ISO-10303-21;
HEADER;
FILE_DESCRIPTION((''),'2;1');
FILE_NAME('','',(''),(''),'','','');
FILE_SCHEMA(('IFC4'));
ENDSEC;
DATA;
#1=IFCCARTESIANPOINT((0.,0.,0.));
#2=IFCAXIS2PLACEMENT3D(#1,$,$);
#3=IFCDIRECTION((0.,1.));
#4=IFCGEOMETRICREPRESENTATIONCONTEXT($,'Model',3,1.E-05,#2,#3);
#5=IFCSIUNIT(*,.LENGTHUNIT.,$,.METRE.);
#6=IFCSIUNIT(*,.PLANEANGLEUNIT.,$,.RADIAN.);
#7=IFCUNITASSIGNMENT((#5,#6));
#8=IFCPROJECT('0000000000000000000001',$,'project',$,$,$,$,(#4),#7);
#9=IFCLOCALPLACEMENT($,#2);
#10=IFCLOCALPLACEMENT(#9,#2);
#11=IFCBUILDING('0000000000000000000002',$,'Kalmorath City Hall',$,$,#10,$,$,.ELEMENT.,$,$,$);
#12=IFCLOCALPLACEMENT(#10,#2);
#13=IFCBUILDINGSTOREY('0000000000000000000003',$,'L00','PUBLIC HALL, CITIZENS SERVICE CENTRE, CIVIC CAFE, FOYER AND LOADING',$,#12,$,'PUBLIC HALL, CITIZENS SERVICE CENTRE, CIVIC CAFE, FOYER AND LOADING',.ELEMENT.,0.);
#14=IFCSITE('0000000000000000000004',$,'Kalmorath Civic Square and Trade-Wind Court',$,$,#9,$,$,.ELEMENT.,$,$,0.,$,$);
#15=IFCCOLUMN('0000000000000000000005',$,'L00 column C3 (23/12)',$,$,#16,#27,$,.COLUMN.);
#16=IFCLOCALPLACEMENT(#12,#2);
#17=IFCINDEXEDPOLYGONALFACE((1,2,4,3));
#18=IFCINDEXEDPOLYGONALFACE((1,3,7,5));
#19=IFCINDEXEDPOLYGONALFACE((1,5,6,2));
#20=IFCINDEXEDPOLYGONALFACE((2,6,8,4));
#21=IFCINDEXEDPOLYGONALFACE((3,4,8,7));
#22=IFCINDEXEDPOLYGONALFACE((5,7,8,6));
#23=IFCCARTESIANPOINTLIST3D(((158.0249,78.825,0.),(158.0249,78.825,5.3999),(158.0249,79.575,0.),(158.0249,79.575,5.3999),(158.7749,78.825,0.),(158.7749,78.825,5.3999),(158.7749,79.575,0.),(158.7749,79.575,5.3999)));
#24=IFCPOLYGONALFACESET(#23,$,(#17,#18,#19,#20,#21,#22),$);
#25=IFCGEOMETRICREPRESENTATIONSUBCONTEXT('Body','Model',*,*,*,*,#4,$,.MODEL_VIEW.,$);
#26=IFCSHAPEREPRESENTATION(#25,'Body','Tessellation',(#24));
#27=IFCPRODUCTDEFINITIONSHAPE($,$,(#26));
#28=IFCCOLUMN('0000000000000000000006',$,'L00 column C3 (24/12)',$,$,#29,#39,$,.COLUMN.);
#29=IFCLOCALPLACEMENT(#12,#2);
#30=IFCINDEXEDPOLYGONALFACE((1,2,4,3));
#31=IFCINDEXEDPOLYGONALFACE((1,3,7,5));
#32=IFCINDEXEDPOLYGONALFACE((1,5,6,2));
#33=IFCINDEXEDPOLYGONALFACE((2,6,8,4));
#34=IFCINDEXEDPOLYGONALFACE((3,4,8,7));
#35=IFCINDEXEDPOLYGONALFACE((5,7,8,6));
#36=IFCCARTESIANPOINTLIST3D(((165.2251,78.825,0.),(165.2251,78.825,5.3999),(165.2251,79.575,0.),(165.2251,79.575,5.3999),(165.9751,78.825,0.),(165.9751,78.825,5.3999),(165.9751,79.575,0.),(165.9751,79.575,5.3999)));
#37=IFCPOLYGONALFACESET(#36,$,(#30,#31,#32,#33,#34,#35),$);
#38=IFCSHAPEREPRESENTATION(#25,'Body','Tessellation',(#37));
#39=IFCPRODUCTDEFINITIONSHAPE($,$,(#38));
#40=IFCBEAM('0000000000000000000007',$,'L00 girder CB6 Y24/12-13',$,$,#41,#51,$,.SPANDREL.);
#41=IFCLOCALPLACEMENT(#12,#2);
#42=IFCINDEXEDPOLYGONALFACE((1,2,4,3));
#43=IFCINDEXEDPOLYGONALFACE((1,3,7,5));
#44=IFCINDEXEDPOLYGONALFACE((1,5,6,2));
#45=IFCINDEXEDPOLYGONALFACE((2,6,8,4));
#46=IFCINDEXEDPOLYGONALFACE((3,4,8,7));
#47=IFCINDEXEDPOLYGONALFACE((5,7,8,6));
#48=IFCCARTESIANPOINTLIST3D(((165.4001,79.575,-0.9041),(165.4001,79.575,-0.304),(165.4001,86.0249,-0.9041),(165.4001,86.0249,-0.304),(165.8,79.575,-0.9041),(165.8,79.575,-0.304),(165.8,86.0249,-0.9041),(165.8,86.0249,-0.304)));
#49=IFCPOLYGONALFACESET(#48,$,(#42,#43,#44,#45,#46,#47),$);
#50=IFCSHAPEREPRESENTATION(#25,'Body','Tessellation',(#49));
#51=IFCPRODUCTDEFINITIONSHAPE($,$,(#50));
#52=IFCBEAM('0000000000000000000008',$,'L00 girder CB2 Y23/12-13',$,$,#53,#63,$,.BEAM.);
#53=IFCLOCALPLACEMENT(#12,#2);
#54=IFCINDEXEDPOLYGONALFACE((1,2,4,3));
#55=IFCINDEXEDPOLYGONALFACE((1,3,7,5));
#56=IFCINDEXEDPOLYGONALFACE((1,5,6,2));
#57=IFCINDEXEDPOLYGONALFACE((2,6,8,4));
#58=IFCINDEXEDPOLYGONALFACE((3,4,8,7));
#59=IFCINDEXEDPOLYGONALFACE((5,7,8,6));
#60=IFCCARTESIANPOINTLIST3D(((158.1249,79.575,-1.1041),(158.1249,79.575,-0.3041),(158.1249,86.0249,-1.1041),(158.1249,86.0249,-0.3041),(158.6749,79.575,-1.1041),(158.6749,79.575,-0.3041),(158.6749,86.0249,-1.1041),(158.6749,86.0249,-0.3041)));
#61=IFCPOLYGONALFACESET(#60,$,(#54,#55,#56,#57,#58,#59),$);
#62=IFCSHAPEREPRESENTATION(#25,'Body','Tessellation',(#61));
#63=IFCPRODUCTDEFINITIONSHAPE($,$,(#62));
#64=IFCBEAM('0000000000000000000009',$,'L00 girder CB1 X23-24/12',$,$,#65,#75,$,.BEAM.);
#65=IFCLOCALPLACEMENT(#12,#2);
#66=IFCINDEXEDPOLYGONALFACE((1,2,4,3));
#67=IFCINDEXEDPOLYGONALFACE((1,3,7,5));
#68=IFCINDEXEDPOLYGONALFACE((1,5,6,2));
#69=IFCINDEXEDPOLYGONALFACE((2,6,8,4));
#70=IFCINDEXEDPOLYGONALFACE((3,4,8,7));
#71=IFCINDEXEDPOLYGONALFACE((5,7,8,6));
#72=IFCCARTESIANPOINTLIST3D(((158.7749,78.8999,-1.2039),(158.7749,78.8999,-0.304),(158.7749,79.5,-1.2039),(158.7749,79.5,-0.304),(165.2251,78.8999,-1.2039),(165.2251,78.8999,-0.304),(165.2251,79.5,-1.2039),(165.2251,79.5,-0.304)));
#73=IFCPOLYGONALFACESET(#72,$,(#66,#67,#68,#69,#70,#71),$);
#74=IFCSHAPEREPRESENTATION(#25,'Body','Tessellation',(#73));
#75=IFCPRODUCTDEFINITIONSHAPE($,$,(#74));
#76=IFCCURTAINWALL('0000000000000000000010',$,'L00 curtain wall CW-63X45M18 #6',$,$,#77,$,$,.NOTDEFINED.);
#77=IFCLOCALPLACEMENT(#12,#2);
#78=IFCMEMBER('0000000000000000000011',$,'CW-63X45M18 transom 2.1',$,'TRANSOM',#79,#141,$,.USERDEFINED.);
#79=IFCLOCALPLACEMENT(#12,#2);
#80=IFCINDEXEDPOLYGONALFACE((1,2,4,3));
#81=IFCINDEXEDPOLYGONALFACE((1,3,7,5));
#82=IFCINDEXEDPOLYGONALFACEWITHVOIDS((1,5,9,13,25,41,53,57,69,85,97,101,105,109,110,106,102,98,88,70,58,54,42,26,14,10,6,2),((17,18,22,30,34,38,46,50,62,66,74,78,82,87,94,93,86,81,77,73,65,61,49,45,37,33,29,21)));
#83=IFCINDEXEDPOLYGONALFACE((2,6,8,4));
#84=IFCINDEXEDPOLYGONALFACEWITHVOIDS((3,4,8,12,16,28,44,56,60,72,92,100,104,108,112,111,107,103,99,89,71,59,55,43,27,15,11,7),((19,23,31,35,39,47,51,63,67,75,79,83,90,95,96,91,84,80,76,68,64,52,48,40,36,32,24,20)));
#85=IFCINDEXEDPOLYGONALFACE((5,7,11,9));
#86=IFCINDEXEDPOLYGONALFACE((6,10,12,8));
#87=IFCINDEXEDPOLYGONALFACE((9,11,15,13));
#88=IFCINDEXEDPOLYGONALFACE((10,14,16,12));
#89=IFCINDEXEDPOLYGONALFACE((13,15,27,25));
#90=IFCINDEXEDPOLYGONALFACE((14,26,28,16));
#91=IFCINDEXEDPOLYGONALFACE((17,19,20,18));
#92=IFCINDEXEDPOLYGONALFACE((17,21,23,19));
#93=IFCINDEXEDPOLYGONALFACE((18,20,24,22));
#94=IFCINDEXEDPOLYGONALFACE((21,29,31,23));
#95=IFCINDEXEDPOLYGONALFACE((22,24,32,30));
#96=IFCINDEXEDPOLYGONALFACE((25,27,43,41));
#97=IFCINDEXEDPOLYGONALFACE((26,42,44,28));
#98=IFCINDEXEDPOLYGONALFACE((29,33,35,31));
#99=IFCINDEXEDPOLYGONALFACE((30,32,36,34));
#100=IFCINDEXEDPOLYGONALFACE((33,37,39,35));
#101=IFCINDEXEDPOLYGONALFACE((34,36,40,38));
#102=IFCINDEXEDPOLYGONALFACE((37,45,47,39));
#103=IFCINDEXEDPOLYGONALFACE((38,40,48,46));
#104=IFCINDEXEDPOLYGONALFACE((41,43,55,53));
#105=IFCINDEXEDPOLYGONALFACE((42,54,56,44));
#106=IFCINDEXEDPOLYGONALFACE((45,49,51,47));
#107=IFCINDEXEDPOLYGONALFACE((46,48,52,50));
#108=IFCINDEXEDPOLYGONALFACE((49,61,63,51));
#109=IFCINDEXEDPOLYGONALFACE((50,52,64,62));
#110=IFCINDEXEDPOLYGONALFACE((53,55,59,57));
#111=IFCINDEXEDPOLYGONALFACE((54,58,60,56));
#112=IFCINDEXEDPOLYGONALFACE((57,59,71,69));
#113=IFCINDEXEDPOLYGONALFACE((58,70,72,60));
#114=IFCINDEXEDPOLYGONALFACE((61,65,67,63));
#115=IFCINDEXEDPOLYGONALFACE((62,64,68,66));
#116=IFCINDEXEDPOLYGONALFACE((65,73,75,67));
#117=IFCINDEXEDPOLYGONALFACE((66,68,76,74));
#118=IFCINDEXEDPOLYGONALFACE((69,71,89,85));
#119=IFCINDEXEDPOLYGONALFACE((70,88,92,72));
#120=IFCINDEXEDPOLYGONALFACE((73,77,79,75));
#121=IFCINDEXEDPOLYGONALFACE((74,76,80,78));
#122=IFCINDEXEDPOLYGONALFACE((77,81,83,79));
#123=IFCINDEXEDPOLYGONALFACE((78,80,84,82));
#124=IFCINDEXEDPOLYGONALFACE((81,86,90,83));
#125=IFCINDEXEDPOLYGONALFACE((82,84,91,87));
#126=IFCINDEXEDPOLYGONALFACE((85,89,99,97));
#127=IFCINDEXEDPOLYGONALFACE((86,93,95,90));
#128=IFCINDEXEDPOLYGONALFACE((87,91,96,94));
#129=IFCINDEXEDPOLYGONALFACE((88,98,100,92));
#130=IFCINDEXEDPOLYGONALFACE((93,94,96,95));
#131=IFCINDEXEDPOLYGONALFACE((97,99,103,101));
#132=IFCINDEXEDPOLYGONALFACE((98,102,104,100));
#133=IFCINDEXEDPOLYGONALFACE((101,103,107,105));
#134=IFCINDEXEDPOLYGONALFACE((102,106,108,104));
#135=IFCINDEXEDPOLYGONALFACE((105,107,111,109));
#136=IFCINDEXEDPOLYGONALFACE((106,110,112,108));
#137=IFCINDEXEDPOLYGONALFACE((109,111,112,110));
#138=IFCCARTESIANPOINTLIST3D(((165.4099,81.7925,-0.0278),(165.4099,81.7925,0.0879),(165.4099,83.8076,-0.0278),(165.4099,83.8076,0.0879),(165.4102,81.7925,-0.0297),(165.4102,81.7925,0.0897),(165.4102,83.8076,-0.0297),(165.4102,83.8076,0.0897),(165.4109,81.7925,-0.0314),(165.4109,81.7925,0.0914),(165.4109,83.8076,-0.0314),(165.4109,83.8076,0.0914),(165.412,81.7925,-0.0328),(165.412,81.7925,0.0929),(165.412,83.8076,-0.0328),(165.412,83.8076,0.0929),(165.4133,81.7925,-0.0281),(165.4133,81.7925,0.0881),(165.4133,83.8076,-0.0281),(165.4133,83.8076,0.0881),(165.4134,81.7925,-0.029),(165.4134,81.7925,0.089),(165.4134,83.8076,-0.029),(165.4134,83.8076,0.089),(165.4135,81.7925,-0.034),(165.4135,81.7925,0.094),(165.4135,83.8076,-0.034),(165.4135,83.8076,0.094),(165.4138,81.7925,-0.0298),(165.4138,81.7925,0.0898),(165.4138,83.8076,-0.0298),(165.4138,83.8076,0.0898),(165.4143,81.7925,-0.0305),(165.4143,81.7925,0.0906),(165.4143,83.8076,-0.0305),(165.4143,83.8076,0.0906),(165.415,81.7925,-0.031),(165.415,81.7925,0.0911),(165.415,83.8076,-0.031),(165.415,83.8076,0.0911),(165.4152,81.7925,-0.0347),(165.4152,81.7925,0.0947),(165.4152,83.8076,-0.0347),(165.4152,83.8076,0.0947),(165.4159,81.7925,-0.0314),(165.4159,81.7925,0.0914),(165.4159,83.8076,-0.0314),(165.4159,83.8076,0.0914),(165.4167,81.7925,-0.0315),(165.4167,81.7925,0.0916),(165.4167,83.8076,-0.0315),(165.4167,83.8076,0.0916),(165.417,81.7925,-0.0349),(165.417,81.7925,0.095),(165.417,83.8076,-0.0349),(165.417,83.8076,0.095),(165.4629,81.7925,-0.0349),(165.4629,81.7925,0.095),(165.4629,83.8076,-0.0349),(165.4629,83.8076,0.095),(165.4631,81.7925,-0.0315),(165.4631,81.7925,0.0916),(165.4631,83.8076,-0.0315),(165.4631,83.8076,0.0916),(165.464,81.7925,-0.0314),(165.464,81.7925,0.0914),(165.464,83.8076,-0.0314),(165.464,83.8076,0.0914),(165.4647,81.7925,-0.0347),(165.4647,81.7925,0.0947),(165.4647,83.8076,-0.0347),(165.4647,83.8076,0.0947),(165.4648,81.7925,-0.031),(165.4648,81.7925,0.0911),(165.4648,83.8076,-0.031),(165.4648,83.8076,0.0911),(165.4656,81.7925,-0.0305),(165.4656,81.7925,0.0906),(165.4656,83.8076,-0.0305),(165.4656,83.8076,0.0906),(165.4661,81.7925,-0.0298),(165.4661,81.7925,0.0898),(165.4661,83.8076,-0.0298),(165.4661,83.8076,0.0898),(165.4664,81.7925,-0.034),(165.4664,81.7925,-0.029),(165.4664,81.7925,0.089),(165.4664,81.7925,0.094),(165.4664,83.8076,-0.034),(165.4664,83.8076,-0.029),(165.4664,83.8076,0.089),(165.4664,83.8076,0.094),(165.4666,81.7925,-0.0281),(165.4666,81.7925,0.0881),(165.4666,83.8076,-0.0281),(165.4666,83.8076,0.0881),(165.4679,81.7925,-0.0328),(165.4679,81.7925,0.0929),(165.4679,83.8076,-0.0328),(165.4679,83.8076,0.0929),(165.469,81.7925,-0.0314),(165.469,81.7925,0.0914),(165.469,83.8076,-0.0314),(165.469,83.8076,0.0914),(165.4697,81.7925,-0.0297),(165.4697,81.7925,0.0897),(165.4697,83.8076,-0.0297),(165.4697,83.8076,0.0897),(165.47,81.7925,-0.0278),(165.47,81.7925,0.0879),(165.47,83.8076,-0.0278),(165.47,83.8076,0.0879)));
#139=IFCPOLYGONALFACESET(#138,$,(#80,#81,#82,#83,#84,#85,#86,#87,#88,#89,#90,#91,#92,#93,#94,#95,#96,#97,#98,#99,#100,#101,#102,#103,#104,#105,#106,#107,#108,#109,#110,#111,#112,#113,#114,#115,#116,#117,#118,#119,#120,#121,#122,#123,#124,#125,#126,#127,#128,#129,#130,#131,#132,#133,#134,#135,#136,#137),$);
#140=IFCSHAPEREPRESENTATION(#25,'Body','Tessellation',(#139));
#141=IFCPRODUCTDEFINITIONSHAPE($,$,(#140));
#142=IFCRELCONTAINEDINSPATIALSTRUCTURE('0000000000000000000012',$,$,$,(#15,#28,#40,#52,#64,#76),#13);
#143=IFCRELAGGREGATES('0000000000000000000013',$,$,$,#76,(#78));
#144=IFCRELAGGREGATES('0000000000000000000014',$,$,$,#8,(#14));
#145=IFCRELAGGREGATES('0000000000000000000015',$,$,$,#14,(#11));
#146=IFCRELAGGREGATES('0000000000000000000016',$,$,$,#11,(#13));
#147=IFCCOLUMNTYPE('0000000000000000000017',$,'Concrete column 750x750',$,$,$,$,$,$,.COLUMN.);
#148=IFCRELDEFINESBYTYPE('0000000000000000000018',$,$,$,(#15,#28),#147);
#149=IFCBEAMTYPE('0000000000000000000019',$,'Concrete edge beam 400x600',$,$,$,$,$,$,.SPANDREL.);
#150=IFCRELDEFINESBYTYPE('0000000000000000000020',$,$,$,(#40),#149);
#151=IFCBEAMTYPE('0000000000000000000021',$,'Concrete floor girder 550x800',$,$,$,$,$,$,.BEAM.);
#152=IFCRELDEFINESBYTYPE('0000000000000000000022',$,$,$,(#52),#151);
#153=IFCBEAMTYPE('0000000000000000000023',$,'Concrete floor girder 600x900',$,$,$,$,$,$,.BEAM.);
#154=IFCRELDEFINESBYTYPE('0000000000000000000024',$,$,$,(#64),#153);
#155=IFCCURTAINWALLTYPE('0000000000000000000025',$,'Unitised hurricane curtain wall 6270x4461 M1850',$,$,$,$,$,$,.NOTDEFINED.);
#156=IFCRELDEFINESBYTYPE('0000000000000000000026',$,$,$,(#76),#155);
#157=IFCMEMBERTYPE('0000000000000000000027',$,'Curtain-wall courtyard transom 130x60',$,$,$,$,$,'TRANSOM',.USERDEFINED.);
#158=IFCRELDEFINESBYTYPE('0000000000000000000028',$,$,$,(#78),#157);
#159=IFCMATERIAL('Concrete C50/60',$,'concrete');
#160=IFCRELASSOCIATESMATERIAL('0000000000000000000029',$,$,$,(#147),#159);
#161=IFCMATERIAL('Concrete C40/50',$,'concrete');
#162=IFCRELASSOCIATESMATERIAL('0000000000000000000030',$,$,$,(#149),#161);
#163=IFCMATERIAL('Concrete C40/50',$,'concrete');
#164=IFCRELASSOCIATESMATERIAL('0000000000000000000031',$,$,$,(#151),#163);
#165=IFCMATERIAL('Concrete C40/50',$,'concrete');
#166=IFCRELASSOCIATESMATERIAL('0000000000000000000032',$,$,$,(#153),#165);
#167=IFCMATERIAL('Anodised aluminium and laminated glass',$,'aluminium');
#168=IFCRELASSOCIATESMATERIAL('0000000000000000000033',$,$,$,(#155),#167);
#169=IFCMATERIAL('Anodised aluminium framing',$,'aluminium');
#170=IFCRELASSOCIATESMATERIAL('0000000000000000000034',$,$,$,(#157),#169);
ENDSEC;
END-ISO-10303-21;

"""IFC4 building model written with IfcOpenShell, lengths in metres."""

from ifc_helpers import new_model, si_unit, direction, frame, origin, origin_2d, place, context, subcontext, project, spatial, rectangle, hollow_rectangle, extrude, material, material_profile, profile_set, type_object, element, aggregate, save


model = new_model("IFC4")

# Units and contexts
model_context = context("Model", 3, precision=1e-05, world=origin(), true_north=direction((0.0, 1.0)))
body_context = subcontext(model_context, "Body", "Model", "MODEL_VIEW")
ifc_project = project(units=[si_unit("LENGTHUNIT", "METRE"), si_unit("PLANEANGLEUNIT", "RADIAN")], contexts=[model_context])

# Site, building, storey
site_placement = place(None, origin())
site = spatial("IfcSite", under=ifc_project, at=site_placement, Name="Kalmorath Civic Square and Trade-Wind Court", CompositionType="ELEMENT", RefElevation=0.0)
building_placement = place(site_placement, origin())
building = spatial("IfcBuilding", under=site, at=building_placement, Name="Kalmorath City Hall", CompositionType="ELEMENT")
storey_placement = place(building_placement, origin())
storey = spatial("IfcBuildingStorey", under=building, at=storey_placement, Name="L00", Description="PUBLIC HALL, CITIZENS SERVICE CENTRE, CIVIC CAFE, FOYER AND LOADING", LongName="PUBLIC HALL, CITIZENS SERVICE CENTRE, CIVIC CAFE, FOYER AND LOADING", CompositionType="ELEMENT", Elevation=0.0)

# Columns
ifc_material_1 = material(Name="Concrete C50/60", Category="concrete")
ifc_material_profile_1 = material_profile(ifc_material_1, rectangle(XDim=0.75, YDim=0.75, at=origin_2d()), Name="RC-COL-750X750")
ifc_profile_set_1 = profile_set([ifc_material_profile_1], Name="Concrete C50/60")
column_type = type_object("IfcColumnType", Name="Concrete column 750x750", PredefinedType="COLUMN", material=ifc_profile_set_1)
for number, where, z_axis, x_axis, name in (
    (1, (158.3999, 79.2, 0.0), (0.0, 0.0, 1.0), (1.0, 0.0, 0.0), "L00 column C3 (23/12)"),
    (2, (165.6001, 79.2, 0.0), (0.0, 0.0, 1.0), (1.0, 0.0, 0.0), "L00 column C3 (24/12)"),
):
    element("IfcColumn", number, at=place(storey_placement, frame(where, z_axis=z_axis, x_axis=x_axis)), inside=storey, type_object=column_type, Name=name, PredefinedType="COLUMN", context=body_context, shape_type="SweptSolid", body=[
        extrude(rectangle(XDim=0.75, YDim=0.75, at=origin_2d()), origin(), (0.0, 0.0, 1.0), 5.3999),
    ])

# Beams
ifc_material_2 = material(Name="Concrete C40/50", Category="concrete")
ifc_material_profile_2 = material_profile(ifc_material_2, rectangle(XDim=0.3999, YDim=0.6001, at=origin_2d()), Name="RC-BM-400X600")
ifc_profile_set_2 = profile_set([ifc_material_profile_2], Name="Concrete C40/50")
beam_type_1 = type_object("IfcBeamType", Name="Concrete edge beam 400x600", PredefinedType="SPANDREL", material=ifc_profile_set_2)
beam_1_placement = place(storey_placement, frame((165.6001, 79.575, -0.604), z_axis=(0.0, 1.0, 0.0), x_axis=(-1.0, 0.0, 0.0)))
element("IfcBeam", 3, at=beam_1_placement, inside=storey, type_object=beam_type_1, Name="L00 girder CB6 Y24/12-13", PredefinedType="SPANDREL", context=body_context, shape_type="SweptSolid", body=[
    extrude(rectangle(XDim=0.3999, YDim=0.6001, at=origin_2d()), origin(), (0.0, 0.0, 1.0), 6.45),
])
ifc_material_3 = material(Name="Concrete C40/50", Category="concrete")
ifc_material_profile_3 = material_profile(ifc_material_3, rectangle(XDim=0.55, YDim=0.8, at=origin_2d()), Name="RC-BM-550X800")
ifc_profile_set_3 = profile_set([ifc_material_profile_3], Name="Concrete C40/50")
beam_type_2 = type_object("IfcBeamType", Name="Concrete floor girder 550x800", PredefinedType="BEAM", material=ifc_profile_set_3)
beam_2_placement = place(storey_placement, frame((158.3999, 79.575, -0.7041), z_axis=(0.0, 1.0, 0.0), x_axis=(-1.0, 0.0, 0.0)))
element("IfcBeam", 4, at=beam_2_placement, inside=storey, type_object=beam_type_2, Name="L00 girder CB2 Y23/12-13", PredefinedType="BEAM", context=body_context, shape_type="SweptSolid", body=[
    extrude(rectangle(XDim=0.55, YDim=0.8, at=origin_2d()), origin(), (0.0, 0.0, 1.0), 6.45),
])
ifc_material_4 = material(Name="Concrete C40/50", Category="concrete")
ifc_material_profile_4 = material_profile(ifc_material_4, rectangle(XDim=0.6001, YDim=0.8999, at=origin_2d()), Name="RC-BM-600X900")
ifc_profile_set_4 = profile_set([ifc_material_profile_4], Name="Concrete C40/50")
beam_type_3 = type_object("IfcBeamType", Name="Concrete floor girder 600x900", PredefinedType="BEAM", material=ifc_profile_set_4)
beam_3_placement = place(storey_placement, frame((158.7749, 79.2, -0.7539), z_axis=(1.0, 0.0, 0.0), x_axis=(0.0, 1.0, 0.0)))
element("IfcBeam", 5, at=beam_3_placement, inside=storey, type_object=beam_type_3, Name="L00 girder CB1 X23-24/12", PredefinedType="BEAM", context=body_context, shape_type="SweptSolid", body=[
    extrude(rectangle(XDim=0.6001, YDim=0.8999, at=origin_2d()), origin(), (0.0, 0.0, 1.0), 6.4502),
])

# Curtain wall, member
ifc_material_5 = material(Name="Anodised aluminium and laminated glass", Category="aluminium")
curtain_wall_type = type_object("IfcCurtainWallType", Name="Unitised hurricane curtain wall 6270x4461 M1850", PredefinedType="NOTDEFINED", material=ifc_material_5)
curtain_wall_placement = place(storey_placement, origin())
curtain_wall = element("IfcCurtainWall", 6, at=curtain_wall_placement, inside=storey, type_object=curtain_wall_type, Name="L00 curtain wall CW-63X45M18 #6", PredefinedType="NOTDEFINED")
ifc_material_6 = material(Name="Anodised aluminium framing", Category="aluminium")
ifc_material_profile_5 = material_profile(ifc_material_6, hollow_rectangle(XDim=0.0601, YDim=0.1299, WallThickness=0.0034, InnerFilletRadius=0.0034, OuterFilletRadius=0.0071, at=origin_2d()), Name="ALU-TRN-130X60X3.5")
ifc_profile_set_5 = profile_set([ifc_material_profile_5], Name="Anodised aluminium framing")
member_type_1 = type_object("IfcMemberType", Name="Curtain-wall courtyard transom 130x60", ElementType="TRANSOM", PredefinedType="USERDEFINED", material=ifc_profile_set_5)
member_1_placement = place(storey_placement, frame((165.4399, 83.8076, 0.03), z_axis=(0.0, -1.0, 0.0), x_axis=(1.0, 0.0, 0.0)))
member_1 = element("IfcMember", 7, at=member_1_placement, type_object=member_type_1, Name="CW-63X45M18 transom 2.1", ObjectType="TRANSOM", PredefinedType="USERDEFINED", context=body_context, shape_type="SweptSolid", body=[
    extrude(hollow_rectangle(XDim=0.0601, YDim=0.1299, WallThickness=0.0034, InnerFilletRadius=0.0034, OuterFilletRadius=0.0071, at=origin_2d()), origin(), (0.0, 0.0, 1.0), 2.0151),
])

aggregate(curtain_wall, [member_1])

save(model, "model.ifc")
